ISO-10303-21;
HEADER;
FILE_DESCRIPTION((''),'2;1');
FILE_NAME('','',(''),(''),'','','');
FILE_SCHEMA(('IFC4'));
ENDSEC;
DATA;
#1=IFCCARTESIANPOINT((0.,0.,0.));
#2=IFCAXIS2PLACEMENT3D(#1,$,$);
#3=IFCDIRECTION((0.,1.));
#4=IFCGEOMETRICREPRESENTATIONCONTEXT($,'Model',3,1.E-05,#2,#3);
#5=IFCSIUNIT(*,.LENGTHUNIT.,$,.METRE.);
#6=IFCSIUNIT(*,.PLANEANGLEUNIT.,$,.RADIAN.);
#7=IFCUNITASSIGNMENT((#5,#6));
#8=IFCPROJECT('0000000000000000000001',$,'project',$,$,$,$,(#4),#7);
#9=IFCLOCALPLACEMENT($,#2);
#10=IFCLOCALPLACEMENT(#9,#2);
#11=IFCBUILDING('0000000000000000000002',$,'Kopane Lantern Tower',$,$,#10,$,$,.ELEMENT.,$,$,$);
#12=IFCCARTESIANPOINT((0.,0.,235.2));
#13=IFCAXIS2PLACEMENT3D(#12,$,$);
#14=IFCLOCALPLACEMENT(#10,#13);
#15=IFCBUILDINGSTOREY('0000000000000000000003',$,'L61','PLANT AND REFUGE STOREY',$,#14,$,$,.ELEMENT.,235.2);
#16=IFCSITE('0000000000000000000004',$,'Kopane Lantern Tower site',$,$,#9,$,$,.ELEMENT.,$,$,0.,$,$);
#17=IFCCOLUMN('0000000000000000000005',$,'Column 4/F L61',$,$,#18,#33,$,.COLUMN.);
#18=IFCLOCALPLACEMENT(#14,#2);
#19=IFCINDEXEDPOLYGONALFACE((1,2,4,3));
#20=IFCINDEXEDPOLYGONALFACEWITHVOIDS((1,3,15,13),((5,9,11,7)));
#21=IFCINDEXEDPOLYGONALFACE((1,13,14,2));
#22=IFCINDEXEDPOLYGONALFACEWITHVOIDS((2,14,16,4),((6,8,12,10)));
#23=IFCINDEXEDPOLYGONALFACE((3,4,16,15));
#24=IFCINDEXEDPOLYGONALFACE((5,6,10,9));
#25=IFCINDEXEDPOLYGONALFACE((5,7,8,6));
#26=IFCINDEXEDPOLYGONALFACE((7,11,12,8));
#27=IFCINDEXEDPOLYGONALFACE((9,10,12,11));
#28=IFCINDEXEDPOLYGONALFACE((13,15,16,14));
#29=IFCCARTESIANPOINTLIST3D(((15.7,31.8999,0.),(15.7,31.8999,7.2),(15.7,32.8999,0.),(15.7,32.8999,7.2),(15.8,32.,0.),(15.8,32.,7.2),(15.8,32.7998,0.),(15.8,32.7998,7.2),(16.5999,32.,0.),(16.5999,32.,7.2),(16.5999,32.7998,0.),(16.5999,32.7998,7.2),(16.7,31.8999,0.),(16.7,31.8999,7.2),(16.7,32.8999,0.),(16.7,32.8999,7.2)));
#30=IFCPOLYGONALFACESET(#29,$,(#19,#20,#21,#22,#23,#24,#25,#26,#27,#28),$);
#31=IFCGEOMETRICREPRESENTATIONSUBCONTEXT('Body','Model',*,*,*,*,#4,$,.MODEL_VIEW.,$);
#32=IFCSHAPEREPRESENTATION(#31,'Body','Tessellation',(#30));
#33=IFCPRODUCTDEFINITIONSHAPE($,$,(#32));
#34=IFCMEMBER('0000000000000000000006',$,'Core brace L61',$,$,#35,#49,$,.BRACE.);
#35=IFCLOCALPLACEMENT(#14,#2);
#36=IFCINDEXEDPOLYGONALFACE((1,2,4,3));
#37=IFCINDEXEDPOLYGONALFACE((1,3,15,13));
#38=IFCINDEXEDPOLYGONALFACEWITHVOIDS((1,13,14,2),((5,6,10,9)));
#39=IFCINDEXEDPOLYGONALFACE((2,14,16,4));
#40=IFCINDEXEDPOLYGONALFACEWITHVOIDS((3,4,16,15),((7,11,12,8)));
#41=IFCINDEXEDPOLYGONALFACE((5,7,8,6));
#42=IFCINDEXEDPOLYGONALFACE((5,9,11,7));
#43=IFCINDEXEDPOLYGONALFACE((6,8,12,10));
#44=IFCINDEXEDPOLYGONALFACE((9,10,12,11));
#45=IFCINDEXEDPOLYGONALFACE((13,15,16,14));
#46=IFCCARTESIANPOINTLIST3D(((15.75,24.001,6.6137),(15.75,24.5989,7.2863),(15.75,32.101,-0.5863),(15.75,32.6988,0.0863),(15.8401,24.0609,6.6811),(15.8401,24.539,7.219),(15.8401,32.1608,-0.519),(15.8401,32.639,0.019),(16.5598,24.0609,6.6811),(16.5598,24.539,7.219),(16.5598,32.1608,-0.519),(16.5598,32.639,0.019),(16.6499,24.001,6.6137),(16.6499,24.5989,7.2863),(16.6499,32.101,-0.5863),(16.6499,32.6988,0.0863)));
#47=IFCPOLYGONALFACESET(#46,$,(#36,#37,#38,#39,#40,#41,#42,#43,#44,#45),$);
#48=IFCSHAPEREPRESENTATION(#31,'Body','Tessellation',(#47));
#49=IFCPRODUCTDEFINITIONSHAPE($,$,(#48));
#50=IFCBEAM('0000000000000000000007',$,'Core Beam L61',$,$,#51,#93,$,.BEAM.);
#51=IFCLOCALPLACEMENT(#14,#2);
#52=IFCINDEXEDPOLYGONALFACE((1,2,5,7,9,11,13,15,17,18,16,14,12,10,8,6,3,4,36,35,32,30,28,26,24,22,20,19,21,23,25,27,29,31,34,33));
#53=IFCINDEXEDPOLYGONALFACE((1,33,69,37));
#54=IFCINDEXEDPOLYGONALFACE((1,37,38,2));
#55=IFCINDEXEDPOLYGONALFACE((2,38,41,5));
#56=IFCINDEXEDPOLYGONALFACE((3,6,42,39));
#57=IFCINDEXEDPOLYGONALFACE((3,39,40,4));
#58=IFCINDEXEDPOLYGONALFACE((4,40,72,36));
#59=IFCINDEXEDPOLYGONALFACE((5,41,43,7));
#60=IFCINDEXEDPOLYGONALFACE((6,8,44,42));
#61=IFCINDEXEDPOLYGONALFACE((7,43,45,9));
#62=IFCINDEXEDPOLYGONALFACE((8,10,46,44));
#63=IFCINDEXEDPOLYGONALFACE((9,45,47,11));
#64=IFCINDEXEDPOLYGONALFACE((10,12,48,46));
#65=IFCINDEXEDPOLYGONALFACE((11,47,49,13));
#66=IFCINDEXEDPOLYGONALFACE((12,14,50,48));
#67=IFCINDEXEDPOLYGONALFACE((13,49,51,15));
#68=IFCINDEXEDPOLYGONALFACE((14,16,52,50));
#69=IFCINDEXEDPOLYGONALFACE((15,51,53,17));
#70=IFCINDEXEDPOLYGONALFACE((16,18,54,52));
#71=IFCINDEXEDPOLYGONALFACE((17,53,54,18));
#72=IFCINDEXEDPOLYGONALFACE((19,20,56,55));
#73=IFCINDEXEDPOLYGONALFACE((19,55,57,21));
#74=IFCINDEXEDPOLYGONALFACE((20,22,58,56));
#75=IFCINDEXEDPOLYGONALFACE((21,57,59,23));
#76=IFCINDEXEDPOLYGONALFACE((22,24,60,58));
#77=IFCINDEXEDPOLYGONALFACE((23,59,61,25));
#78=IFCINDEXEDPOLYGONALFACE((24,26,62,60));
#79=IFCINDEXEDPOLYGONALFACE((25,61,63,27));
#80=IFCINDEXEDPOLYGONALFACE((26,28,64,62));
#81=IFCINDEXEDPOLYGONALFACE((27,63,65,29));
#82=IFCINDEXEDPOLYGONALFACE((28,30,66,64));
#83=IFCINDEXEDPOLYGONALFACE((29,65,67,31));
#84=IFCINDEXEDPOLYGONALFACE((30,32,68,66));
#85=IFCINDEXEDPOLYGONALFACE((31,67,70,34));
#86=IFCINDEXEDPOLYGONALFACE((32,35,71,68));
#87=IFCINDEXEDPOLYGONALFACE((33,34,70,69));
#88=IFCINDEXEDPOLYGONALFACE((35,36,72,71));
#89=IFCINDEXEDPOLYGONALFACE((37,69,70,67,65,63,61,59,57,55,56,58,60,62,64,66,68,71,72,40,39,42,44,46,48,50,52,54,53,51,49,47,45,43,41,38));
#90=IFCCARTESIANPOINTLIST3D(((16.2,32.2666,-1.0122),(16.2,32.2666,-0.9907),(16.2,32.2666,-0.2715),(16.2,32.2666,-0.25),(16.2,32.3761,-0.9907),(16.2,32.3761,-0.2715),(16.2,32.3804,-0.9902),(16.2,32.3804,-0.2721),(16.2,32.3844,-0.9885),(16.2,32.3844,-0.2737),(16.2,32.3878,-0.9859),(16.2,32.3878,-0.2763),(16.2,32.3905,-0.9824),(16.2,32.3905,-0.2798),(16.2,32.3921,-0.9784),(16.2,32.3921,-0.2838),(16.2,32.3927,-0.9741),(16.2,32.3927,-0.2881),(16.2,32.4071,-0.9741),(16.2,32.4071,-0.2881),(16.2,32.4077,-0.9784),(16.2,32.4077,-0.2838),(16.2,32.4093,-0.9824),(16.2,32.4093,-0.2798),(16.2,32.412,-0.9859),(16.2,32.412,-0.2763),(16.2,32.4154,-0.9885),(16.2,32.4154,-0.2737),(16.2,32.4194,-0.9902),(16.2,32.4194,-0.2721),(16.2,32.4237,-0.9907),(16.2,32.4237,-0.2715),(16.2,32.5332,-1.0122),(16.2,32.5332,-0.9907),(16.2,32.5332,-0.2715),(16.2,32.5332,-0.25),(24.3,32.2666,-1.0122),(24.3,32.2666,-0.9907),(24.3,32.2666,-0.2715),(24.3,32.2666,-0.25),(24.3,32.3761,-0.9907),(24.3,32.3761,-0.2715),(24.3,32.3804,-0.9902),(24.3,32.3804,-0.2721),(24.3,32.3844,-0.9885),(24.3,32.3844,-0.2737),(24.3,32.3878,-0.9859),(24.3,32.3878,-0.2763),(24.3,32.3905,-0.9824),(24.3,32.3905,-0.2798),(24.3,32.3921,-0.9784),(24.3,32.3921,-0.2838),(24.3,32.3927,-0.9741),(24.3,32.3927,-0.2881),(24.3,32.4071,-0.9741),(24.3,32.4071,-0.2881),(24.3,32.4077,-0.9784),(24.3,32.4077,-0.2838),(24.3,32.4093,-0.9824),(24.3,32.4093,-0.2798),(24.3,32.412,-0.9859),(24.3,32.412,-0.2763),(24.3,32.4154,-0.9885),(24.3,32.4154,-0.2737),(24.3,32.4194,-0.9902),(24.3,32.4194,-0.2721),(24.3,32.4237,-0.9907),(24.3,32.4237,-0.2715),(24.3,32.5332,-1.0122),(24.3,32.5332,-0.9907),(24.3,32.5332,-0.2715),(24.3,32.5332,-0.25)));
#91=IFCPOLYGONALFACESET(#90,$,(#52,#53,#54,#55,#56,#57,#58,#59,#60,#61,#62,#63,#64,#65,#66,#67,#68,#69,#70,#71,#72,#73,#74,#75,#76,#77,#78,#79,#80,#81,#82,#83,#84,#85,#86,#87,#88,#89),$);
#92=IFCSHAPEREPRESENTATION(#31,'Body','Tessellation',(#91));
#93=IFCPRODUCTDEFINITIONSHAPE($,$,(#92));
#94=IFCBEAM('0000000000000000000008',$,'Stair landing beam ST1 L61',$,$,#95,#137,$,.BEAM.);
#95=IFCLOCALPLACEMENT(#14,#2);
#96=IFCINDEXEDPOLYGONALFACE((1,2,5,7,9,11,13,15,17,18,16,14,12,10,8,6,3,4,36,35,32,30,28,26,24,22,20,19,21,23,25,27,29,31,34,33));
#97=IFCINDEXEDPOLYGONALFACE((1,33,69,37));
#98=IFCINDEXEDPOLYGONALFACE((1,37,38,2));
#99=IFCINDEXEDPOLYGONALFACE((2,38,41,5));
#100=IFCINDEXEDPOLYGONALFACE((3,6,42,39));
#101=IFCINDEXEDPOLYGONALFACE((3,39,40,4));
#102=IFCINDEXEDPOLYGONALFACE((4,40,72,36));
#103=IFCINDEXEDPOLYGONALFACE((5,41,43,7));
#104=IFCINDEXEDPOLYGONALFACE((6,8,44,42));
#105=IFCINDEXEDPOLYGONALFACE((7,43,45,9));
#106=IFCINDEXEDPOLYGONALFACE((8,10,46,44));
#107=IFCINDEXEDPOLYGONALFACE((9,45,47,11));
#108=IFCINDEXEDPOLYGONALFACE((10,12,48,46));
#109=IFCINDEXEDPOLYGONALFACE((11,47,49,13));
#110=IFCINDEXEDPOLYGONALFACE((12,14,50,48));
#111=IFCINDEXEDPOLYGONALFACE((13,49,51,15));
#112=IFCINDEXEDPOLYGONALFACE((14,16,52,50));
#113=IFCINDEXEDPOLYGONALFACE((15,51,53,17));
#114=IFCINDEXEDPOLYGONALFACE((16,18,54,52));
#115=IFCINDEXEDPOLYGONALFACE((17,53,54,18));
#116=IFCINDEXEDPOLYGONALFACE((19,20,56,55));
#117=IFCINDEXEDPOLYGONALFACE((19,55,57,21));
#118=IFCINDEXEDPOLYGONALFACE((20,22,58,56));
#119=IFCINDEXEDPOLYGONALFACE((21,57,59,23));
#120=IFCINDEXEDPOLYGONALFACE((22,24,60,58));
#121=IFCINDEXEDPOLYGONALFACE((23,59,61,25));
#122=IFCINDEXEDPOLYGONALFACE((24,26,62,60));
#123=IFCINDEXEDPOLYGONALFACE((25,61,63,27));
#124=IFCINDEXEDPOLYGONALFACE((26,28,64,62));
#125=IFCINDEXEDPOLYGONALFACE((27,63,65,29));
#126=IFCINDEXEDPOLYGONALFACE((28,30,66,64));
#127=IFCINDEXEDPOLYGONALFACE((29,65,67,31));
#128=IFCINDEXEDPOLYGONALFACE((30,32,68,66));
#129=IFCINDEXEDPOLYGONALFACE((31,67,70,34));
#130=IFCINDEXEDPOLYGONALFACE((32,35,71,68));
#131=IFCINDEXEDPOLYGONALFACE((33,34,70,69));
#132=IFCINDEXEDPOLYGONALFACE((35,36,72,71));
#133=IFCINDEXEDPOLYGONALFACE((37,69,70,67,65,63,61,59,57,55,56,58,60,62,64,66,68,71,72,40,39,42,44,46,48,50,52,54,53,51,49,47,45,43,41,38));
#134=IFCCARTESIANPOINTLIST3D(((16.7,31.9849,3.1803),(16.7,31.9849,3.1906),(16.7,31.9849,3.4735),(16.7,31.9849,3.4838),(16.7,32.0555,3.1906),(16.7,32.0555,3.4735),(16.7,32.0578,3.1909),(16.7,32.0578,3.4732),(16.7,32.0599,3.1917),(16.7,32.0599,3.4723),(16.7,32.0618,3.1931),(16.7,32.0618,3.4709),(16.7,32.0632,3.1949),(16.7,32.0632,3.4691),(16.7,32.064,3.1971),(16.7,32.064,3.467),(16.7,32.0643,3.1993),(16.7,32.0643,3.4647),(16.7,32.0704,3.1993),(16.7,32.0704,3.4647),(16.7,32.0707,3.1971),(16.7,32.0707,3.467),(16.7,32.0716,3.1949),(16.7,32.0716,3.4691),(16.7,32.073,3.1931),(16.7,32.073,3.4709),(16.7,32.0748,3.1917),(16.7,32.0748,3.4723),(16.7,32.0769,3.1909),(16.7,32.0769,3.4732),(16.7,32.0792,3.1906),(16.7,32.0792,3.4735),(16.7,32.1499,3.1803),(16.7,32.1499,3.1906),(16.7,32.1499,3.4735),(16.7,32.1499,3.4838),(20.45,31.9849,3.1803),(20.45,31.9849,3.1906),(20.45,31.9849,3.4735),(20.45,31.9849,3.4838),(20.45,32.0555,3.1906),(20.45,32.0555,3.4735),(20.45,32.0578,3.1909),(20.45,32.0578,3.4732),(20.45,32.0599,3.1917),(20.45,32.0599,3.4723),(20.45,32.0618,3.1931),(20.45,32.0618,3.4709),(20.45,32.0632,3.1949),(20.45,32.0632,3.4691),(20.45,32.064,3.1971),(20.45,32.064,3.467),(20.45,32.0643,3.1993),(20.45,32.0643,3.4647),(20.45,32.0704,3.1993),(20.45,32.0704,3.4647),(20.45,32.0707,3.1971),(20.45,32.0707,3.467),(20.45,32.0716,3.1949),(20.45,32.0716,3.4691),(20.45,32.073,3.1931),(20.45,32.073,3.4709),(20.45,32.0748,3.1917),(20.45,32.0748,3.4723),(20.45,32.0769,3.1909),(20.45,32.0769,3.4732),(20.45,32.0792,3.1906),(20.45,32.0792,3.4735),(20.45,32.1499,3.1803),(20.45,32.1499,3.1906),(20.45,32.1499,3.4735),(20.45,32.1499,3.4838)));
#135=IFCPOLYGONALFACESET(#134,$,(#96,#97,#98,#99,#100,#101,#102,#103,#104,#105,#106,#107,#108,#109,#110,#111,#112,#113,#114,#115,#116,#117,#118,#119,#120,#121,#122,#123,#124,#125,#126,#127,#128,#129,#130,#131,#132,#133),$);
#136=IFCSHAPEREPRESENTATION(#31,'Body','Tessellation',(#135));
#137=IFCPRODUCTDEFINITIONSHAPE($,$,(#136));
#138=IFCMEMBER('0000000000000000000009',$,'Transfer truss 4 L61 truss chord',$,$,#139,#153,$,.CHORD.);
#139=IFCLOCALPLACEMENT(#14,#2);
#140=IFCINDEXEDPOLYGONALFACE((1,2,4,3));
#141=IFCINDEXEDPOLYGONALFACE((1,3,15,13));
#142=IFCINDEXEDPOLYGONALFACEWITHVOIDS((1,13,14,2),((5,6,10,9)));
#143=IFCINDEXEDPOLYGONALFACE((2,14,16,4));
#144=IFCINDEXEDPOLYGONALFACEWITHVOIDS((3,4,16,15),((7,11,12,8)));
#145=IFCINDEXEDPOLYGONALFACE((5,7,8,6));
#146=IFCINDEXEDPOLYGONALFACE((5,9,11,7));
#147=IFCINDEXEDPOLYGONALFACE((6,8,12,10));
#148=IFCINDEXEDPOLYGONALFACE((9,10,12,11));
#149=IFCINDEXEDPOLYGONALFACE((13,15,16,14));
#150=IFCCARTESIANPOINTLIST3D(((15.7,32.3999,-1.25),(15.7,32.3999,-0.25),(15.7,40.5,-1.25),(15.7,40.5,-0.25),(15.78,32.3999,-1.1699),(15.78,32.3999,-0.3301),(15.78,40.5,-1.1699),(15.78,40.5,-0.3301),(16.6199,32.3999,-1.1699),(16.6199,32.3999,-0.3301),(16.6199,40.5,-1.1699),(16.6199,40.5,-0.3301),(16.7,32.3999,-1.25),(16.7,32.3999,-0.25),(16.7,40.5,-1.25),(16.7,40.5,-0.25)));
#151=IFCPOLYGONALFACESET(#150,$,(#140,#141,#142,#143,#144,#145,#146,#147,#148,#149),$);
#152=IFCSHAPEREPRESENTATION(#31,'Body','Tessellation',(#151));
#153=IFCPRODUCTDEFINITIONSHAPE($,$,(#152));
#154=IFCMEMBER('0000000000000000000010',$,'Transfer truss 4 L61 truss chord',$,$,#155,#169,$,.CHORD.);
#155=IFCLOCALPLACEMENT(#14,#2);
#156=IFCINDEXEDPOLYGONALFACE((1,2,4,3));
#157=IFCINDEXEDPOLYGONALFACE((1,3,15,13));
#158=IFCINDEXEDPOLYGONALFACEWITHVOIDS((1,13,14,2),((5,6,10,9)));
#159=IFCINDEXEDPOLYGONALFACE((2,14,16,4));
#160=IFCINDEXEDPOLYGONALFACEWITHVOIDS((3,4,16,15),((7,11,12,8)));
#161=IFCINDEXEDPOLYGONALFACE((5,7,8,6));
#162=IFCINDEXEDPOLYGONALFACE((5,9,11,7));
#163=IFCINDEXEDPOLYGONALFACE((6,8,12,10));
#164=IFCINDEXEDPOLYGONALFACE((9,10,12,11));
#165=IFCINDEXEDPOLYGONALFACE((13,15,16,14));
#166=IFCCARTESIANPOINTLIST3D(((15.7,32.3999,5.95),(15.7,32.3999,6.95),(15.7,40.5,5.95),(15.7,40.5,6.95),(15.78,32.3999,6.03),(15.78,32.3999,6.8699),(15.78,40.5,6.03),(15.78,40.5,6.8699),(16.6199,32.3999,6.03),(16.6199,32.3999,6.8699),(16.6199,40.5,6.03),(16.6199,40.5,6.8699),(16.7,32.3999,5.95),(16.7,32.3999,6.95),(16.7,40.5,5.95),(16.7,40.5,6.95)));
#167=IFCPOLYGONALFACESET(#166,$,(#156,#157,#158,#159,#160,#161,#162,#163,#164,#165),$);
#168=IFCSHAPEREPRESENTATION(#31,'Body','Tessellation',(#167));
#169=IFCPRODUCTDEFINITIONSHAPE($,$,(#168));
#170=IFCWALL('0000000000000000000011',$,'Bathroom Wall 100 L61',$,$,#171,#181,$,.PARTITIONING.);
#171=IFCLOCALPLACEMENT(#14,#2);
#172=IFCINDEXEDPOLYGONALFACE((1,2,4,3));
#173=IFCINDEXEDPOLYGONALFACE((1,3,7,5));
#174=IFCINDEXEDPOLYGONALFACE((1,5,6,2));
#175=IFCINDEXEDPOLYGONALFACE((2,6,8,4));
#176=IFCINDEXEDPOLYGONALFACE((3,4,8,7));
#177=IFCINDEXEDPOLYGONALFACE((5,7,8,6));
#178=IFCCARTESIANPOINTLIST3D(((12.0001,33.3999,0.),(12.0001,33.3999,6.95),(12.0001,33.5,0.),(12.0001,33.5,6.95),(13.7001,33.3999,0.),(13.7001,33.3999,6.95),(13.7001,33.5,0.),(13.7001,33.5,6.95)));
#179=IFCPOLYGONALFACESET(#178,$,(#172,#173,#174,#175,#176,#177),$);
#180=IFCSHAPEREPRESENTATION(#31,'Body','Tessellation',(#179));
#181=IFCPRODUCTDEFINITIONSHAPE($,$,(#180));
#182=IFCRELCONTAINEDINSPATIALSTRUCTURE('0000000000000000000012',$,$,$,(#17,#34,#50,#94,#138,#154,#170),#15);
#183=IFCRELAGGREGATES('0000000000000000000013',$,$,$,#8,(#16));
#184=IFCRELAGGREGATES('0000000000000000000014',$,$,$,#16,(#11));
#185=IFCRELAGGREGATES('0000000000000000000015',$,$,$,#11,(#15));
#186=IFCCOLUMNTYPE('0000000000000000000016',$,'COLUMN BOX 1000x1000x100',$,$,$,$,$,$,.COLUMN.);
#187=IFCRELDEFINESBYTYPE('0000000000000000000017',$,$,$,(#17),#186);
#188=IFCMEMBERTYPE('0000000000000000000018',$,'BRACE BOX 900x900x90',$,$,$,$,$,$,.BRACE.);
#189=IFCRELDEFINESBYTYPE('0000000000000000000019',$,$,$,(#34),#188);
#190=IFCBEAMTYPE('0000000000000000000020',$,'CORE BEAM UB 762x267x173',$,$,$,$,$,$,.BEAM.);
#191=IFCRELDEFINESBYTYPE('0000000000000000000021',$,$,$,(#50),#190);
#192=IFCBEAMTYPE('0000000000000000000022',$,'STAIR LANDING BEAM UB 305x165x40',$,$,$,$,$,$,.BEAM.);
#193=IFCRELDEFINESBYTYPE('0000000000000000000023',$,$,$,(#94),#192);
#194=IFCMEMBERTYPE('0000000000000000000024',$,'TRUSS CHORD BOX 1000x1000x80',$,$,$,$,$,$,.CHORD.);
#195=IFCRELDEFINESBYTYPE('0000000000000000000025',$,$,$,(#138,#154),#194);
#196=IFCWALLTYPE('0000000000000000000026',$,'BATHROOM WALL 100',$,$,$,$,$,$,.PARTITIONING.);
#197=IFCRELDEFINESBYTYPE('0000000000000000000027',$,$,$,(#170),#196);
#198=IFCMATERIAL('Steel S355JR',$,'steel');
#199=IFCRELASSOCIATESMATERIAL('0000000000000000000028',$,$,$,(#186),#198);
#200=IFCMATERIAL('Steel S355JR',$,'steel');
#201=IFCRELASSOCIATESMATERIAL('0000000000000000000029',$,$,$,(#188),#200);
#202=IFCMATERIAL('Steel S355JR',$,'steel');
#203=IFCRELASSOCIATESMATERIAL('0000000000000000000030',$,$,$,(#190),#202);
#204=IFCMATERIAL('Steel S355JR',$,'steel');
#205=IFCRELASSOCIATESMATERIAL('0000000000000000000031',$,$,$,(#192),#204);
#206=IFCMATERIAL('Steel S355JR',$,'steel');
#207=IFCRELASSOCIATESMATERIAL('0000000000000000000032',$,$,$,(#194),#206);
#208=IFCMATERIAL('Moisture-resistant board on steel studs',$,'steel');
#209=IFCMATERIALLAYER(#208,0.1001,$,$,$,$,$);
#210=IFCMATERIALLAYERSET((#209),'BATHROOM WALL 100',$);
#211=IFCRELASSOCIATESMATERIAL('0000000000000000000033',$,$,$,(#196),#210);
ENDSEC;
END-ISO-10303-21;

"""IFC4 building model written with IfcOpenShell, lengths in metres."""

from ifc_helpers import new_model, si_unit, direction, frame, frame_2d, origin, origin_2d, place, context, subcontext, project, spatial, rectangle, hollow_rectangle, i_section, extrude, material, layer, layer_set, material_profile, profile_set, type_object, element, save


model = new_model("IFC4")

# Units and contexts
model_context = context("Model", 3, precision=1e-05, world=origin(), true_north=direction((0.0, 1.0)))
body_context = subcontext(model_context, "Body", "Model", "MODEL_VIEW")
ifc_project = project(units=[si_unit("LENGTHUNIT", "METRE"), si_unit("PLANEANGLEUNIT", "RADIAN")], contexts=[model_context])

# Site, building, storey
site_placement = place(None, origin())
site = spatial("IfcSite", under=ifc_project, at=site_placement, Name="Kopane Lantern Tower site", CompositionType="ELEMENT", RefElevation=0.0)
building_placement = place(site_placement, origin())
building = spatial("IfcBuilding", under=site, at=building_placement, Name="Kopane Lantern Tower", CompositionType="ELEMENT")
storey_placement = place(building_placement, frame((0.0, 0.0, 235.2)))
storey = spatial("IfcBuildingStorey", under=building, at=storey_placement, Name="L61", Description="PLANT AND REFUGE STOREY", CompositionType="ELEMENT", Elevation=235.2)

# Column
ifc_material_1 = material(Name="Steel S355JR", Category="steel")
ifc_material_profile_1 = material_profile(ifc_material_1, hollow_rectangle(XDim=1.0, YDim=1.0, WallThickness=0.1001, at=origin_2d()), Name="BOX 1000x1000x100")
ifc_profile_set_1 = profile_set([ifc_material_profile_1], Name="Steel S355JR")
column_type = type_object("IfcColumnType", Name="COLUMN BOX 1000x1000x100", PredefinedType="COLUMN", material=ifc_profile_set_1)
column_placement = place(storey_placement, frame((16.2, 32.3999, 0.0), z_axis=(0.0, 0.0, 1.0), x_axis=(1.0, 0.0, 0.0)))
element("IfcColumn", 1, at=column_placement, inside=storey, type_object=column_type, Name="Column 4/F L61", PredefinedType="COLUMN", context=body_context, shape_type="SweptSolid", body=[
    extrude(hollow_rectangle(XDim=1.0, YDim=1.0, WallThickness=0.1001, at=origin_2d()), origin(), (0.0, 0.0, 1.0), 7.2),
])

# Member
ifc_material_2 = material(Name="Steel S355JR", Category="steel")
ifc_material_profile_2 = material_profile(ifc_material_2, hollow_rectangle(XDim=0.8999, YDim=0.8999, WallThickness=0.0901, at=origin_2d()), Name="BOX 900x900x90")
ifc_profile_set_2 = profile_set([ifc_material_profile_2], Name="Steel S355JR")
member_type_1 = type_object("IfcMemberType", Name="BRACE BOX 900x900x90", PredefinedType="BRACE", material=ifc_profile_set_2)
member_placement = place(storey_placement, frame((16.2, 32.3999, -0.25), z_axis=(0.0, -0.747406, 0.664368), x_axis=(1.0, 0.0, 0.0)))
element("IfcMember", 2, at=member_placement, inside=storey, type_object=member_type_1, Name="Core brace L61", PredefinedType="BRACE", context=body_context, shape_type="SweptSolid", body=[
    extrude(hollow_rectangle(XDim=0.8999, YDim=0.8999, WallThickness=0.0901, at=origin_2d()), origin(), (0.0, 0.0, 1.0), 10.8374),
])

# Beams
ifc_material_3 = material(Name="Steel S355JR", Category="steel")
ifc_material_profile_3 = material_profile(ifc_material_3, i_section(OverallWidth=0.2666, OverallDepth=0.7622, WebThickness=0.0144, FlangeThickness=0.0215, FilletRadius=0.0166, at=origin_2d()), Name="UB 762x267x173")
ifc_profile_set_3 = profile_set([ifc_material_profile_3], Name="Steel S355JR")
beam_type_1 = type_object("IfcBeamType", Name="CORE BEAM UB 762x267x173", PredefinedType="BEAM", material=ifc_profile_set_3)
beam_1_placement = place(storey_placement, frame((16.2, 32.3999, -0.6311), z_axis=(1.0, 0.0, 0.0), x_axis=(0.0, 1.0, 0.0)))
element("IfcBeam", 3, at=beam_1_placement, inside=storey, type_object=beam_type_1, Name="Core Beam L61", PredefinedType="BEAM", context=body_context, shape_type="SweptSolid", body=[
    extrude(i_section(OverallWidth=0.2666, OverallDepth=0.7622, WebThickness=0.0144, FlangeThickness=0.0215, FilletRadius=0.0166, at=origin_2d()), origin(), (0.0, 0.0, 1.0), 8.1001),
])
ifc_material_4 = material(Name="Steel S355JR", Category="steel")
ifc_material_profile_4 = material_profile(ifc_material_4, i_section(OverallWidth=0.165, OverallDepth=0.3035, WebThickness=0.0061, FlangeThickness=0.0103, FilletRadius=0.0088, at=origin_2d()), Name="UB 305x165x40")
ifc_profile_set_4 = profile_set([ifc_material_profile_4], Name="Steel S355JR")
beam_type_2 = type_object("IfcBeamType", Name="STAIR LANDING BEAM UB 305x165x40", PredefinedType="BEAM", material=ifc_profile_set_4)
beam_2_placement = place(storey_placement, frame((16.7, 32.0674, 3.332), z_axis=(1.0, 0.0, 0.0), x_axis=(0.0, 1.0, 0.0)))
element("IfcBeam", 4, at=beam_2_placement, inside=storey, type_object=beam_type_2, Name="Stair landing beam ST1 L61", PredefinedType="BEAM", context=body_context, shape_type="SweptSolid", body=[
    extrude(i_section(OverallWidth=0.165, OverallDepth=0.3035, WebThickness=0.0061, FlangeThickness=0.0103, FilletRadius=0.0088, at=origin_2d()), origin(), (0.0, 0.0, 1.0), 3.75),
])

# Members
ifc_material_5 = material(Name="Steel S355JR", Category="steel")
ifc_material_profile_5 = material_profile(ifc_material_5, hollow_rectangle(XDim=1.0, YDim=1.0, WallThickness=0.0801, at=origin_2d()), Name="BOX 1000x1000x80")
ifc_profile_set_5 = profile_set([ifc_material_profile_5], Name="Steel S355JR")
member_type_2 = type_object("IfcMemberType", Name="TRUSS CHORD BOX 1000x1000x80", PredefinedType="CHORD", material=ifc_profile_set_5)
for number, where, z_axis, x_axis, name in (
    (5, (16.2, 32.3999, -0.75), (0.0, 1.0, 0.0), (-1.0, 0.0, 0.0), "Transfer truss 4 L61 truss chord"),
    (6, (16.2, 32.3999, 6.45), (0.0, 1.0, 0.0), (-1.0, 0.0, 0.0), "Transfer truss 4 L61 truss chord"),
):
    element("IfcMember", number, at=place(storey_placement, frame(where, z_axis=z_axis, x_axis=x_axis)), inside=storey, type_object=member_type_2, Name=name, PredefinedType="CHORD", context=body_context, shape_type="SweptSolid", body=[
        extrude(hollow_rectangle(XDim=1.0, YDim=1.0, WallThickness=0.0801, at=origin_2d()), origin(), (0.0, 0.0, 1.0), 8.1001),
    ])

# Wall
ifc_material_6 = material(Name="Moisture-resistant board on steel studs", Category="steel")
ifc_layer_1 = layer(ifc_material_6, 0.1001)
ifc_layer_set_1 = layer_set([ifc_layer_1], Name="BATHROOM WALL 100")
wall_type_1 = type_object("IfcWallType", Name="BATHROOM WALL 100", PredefinedType="PARTITIONING", material=ifc_layer_set_1)
for number, where, z_axis, x_axis, name in (
    (7, (12.0, 33.45, 0.0), (0.0, 0.0, 1.0), (1.0, 0.0, 0.0), "Bathroom Wall 100 L61"),
):
    element("IfcWall", number, at=place(storey_placement, frame(where, z_axis=z_axis, x_axis=x_axis)), inside=storey, type_object=wall_type_1, Name=name, PredefinedType="PARTITIONING", context=body_context, shape_type="SweptSolid", body=[
        extrude(rectangle(XDim=1.7, YDim=0.1001, at=frame_2d((0.8501, 0.0))), origin(), (0.0, 0.0, 1.0), 6.95),
    ])

save(model, "model.ifc")
